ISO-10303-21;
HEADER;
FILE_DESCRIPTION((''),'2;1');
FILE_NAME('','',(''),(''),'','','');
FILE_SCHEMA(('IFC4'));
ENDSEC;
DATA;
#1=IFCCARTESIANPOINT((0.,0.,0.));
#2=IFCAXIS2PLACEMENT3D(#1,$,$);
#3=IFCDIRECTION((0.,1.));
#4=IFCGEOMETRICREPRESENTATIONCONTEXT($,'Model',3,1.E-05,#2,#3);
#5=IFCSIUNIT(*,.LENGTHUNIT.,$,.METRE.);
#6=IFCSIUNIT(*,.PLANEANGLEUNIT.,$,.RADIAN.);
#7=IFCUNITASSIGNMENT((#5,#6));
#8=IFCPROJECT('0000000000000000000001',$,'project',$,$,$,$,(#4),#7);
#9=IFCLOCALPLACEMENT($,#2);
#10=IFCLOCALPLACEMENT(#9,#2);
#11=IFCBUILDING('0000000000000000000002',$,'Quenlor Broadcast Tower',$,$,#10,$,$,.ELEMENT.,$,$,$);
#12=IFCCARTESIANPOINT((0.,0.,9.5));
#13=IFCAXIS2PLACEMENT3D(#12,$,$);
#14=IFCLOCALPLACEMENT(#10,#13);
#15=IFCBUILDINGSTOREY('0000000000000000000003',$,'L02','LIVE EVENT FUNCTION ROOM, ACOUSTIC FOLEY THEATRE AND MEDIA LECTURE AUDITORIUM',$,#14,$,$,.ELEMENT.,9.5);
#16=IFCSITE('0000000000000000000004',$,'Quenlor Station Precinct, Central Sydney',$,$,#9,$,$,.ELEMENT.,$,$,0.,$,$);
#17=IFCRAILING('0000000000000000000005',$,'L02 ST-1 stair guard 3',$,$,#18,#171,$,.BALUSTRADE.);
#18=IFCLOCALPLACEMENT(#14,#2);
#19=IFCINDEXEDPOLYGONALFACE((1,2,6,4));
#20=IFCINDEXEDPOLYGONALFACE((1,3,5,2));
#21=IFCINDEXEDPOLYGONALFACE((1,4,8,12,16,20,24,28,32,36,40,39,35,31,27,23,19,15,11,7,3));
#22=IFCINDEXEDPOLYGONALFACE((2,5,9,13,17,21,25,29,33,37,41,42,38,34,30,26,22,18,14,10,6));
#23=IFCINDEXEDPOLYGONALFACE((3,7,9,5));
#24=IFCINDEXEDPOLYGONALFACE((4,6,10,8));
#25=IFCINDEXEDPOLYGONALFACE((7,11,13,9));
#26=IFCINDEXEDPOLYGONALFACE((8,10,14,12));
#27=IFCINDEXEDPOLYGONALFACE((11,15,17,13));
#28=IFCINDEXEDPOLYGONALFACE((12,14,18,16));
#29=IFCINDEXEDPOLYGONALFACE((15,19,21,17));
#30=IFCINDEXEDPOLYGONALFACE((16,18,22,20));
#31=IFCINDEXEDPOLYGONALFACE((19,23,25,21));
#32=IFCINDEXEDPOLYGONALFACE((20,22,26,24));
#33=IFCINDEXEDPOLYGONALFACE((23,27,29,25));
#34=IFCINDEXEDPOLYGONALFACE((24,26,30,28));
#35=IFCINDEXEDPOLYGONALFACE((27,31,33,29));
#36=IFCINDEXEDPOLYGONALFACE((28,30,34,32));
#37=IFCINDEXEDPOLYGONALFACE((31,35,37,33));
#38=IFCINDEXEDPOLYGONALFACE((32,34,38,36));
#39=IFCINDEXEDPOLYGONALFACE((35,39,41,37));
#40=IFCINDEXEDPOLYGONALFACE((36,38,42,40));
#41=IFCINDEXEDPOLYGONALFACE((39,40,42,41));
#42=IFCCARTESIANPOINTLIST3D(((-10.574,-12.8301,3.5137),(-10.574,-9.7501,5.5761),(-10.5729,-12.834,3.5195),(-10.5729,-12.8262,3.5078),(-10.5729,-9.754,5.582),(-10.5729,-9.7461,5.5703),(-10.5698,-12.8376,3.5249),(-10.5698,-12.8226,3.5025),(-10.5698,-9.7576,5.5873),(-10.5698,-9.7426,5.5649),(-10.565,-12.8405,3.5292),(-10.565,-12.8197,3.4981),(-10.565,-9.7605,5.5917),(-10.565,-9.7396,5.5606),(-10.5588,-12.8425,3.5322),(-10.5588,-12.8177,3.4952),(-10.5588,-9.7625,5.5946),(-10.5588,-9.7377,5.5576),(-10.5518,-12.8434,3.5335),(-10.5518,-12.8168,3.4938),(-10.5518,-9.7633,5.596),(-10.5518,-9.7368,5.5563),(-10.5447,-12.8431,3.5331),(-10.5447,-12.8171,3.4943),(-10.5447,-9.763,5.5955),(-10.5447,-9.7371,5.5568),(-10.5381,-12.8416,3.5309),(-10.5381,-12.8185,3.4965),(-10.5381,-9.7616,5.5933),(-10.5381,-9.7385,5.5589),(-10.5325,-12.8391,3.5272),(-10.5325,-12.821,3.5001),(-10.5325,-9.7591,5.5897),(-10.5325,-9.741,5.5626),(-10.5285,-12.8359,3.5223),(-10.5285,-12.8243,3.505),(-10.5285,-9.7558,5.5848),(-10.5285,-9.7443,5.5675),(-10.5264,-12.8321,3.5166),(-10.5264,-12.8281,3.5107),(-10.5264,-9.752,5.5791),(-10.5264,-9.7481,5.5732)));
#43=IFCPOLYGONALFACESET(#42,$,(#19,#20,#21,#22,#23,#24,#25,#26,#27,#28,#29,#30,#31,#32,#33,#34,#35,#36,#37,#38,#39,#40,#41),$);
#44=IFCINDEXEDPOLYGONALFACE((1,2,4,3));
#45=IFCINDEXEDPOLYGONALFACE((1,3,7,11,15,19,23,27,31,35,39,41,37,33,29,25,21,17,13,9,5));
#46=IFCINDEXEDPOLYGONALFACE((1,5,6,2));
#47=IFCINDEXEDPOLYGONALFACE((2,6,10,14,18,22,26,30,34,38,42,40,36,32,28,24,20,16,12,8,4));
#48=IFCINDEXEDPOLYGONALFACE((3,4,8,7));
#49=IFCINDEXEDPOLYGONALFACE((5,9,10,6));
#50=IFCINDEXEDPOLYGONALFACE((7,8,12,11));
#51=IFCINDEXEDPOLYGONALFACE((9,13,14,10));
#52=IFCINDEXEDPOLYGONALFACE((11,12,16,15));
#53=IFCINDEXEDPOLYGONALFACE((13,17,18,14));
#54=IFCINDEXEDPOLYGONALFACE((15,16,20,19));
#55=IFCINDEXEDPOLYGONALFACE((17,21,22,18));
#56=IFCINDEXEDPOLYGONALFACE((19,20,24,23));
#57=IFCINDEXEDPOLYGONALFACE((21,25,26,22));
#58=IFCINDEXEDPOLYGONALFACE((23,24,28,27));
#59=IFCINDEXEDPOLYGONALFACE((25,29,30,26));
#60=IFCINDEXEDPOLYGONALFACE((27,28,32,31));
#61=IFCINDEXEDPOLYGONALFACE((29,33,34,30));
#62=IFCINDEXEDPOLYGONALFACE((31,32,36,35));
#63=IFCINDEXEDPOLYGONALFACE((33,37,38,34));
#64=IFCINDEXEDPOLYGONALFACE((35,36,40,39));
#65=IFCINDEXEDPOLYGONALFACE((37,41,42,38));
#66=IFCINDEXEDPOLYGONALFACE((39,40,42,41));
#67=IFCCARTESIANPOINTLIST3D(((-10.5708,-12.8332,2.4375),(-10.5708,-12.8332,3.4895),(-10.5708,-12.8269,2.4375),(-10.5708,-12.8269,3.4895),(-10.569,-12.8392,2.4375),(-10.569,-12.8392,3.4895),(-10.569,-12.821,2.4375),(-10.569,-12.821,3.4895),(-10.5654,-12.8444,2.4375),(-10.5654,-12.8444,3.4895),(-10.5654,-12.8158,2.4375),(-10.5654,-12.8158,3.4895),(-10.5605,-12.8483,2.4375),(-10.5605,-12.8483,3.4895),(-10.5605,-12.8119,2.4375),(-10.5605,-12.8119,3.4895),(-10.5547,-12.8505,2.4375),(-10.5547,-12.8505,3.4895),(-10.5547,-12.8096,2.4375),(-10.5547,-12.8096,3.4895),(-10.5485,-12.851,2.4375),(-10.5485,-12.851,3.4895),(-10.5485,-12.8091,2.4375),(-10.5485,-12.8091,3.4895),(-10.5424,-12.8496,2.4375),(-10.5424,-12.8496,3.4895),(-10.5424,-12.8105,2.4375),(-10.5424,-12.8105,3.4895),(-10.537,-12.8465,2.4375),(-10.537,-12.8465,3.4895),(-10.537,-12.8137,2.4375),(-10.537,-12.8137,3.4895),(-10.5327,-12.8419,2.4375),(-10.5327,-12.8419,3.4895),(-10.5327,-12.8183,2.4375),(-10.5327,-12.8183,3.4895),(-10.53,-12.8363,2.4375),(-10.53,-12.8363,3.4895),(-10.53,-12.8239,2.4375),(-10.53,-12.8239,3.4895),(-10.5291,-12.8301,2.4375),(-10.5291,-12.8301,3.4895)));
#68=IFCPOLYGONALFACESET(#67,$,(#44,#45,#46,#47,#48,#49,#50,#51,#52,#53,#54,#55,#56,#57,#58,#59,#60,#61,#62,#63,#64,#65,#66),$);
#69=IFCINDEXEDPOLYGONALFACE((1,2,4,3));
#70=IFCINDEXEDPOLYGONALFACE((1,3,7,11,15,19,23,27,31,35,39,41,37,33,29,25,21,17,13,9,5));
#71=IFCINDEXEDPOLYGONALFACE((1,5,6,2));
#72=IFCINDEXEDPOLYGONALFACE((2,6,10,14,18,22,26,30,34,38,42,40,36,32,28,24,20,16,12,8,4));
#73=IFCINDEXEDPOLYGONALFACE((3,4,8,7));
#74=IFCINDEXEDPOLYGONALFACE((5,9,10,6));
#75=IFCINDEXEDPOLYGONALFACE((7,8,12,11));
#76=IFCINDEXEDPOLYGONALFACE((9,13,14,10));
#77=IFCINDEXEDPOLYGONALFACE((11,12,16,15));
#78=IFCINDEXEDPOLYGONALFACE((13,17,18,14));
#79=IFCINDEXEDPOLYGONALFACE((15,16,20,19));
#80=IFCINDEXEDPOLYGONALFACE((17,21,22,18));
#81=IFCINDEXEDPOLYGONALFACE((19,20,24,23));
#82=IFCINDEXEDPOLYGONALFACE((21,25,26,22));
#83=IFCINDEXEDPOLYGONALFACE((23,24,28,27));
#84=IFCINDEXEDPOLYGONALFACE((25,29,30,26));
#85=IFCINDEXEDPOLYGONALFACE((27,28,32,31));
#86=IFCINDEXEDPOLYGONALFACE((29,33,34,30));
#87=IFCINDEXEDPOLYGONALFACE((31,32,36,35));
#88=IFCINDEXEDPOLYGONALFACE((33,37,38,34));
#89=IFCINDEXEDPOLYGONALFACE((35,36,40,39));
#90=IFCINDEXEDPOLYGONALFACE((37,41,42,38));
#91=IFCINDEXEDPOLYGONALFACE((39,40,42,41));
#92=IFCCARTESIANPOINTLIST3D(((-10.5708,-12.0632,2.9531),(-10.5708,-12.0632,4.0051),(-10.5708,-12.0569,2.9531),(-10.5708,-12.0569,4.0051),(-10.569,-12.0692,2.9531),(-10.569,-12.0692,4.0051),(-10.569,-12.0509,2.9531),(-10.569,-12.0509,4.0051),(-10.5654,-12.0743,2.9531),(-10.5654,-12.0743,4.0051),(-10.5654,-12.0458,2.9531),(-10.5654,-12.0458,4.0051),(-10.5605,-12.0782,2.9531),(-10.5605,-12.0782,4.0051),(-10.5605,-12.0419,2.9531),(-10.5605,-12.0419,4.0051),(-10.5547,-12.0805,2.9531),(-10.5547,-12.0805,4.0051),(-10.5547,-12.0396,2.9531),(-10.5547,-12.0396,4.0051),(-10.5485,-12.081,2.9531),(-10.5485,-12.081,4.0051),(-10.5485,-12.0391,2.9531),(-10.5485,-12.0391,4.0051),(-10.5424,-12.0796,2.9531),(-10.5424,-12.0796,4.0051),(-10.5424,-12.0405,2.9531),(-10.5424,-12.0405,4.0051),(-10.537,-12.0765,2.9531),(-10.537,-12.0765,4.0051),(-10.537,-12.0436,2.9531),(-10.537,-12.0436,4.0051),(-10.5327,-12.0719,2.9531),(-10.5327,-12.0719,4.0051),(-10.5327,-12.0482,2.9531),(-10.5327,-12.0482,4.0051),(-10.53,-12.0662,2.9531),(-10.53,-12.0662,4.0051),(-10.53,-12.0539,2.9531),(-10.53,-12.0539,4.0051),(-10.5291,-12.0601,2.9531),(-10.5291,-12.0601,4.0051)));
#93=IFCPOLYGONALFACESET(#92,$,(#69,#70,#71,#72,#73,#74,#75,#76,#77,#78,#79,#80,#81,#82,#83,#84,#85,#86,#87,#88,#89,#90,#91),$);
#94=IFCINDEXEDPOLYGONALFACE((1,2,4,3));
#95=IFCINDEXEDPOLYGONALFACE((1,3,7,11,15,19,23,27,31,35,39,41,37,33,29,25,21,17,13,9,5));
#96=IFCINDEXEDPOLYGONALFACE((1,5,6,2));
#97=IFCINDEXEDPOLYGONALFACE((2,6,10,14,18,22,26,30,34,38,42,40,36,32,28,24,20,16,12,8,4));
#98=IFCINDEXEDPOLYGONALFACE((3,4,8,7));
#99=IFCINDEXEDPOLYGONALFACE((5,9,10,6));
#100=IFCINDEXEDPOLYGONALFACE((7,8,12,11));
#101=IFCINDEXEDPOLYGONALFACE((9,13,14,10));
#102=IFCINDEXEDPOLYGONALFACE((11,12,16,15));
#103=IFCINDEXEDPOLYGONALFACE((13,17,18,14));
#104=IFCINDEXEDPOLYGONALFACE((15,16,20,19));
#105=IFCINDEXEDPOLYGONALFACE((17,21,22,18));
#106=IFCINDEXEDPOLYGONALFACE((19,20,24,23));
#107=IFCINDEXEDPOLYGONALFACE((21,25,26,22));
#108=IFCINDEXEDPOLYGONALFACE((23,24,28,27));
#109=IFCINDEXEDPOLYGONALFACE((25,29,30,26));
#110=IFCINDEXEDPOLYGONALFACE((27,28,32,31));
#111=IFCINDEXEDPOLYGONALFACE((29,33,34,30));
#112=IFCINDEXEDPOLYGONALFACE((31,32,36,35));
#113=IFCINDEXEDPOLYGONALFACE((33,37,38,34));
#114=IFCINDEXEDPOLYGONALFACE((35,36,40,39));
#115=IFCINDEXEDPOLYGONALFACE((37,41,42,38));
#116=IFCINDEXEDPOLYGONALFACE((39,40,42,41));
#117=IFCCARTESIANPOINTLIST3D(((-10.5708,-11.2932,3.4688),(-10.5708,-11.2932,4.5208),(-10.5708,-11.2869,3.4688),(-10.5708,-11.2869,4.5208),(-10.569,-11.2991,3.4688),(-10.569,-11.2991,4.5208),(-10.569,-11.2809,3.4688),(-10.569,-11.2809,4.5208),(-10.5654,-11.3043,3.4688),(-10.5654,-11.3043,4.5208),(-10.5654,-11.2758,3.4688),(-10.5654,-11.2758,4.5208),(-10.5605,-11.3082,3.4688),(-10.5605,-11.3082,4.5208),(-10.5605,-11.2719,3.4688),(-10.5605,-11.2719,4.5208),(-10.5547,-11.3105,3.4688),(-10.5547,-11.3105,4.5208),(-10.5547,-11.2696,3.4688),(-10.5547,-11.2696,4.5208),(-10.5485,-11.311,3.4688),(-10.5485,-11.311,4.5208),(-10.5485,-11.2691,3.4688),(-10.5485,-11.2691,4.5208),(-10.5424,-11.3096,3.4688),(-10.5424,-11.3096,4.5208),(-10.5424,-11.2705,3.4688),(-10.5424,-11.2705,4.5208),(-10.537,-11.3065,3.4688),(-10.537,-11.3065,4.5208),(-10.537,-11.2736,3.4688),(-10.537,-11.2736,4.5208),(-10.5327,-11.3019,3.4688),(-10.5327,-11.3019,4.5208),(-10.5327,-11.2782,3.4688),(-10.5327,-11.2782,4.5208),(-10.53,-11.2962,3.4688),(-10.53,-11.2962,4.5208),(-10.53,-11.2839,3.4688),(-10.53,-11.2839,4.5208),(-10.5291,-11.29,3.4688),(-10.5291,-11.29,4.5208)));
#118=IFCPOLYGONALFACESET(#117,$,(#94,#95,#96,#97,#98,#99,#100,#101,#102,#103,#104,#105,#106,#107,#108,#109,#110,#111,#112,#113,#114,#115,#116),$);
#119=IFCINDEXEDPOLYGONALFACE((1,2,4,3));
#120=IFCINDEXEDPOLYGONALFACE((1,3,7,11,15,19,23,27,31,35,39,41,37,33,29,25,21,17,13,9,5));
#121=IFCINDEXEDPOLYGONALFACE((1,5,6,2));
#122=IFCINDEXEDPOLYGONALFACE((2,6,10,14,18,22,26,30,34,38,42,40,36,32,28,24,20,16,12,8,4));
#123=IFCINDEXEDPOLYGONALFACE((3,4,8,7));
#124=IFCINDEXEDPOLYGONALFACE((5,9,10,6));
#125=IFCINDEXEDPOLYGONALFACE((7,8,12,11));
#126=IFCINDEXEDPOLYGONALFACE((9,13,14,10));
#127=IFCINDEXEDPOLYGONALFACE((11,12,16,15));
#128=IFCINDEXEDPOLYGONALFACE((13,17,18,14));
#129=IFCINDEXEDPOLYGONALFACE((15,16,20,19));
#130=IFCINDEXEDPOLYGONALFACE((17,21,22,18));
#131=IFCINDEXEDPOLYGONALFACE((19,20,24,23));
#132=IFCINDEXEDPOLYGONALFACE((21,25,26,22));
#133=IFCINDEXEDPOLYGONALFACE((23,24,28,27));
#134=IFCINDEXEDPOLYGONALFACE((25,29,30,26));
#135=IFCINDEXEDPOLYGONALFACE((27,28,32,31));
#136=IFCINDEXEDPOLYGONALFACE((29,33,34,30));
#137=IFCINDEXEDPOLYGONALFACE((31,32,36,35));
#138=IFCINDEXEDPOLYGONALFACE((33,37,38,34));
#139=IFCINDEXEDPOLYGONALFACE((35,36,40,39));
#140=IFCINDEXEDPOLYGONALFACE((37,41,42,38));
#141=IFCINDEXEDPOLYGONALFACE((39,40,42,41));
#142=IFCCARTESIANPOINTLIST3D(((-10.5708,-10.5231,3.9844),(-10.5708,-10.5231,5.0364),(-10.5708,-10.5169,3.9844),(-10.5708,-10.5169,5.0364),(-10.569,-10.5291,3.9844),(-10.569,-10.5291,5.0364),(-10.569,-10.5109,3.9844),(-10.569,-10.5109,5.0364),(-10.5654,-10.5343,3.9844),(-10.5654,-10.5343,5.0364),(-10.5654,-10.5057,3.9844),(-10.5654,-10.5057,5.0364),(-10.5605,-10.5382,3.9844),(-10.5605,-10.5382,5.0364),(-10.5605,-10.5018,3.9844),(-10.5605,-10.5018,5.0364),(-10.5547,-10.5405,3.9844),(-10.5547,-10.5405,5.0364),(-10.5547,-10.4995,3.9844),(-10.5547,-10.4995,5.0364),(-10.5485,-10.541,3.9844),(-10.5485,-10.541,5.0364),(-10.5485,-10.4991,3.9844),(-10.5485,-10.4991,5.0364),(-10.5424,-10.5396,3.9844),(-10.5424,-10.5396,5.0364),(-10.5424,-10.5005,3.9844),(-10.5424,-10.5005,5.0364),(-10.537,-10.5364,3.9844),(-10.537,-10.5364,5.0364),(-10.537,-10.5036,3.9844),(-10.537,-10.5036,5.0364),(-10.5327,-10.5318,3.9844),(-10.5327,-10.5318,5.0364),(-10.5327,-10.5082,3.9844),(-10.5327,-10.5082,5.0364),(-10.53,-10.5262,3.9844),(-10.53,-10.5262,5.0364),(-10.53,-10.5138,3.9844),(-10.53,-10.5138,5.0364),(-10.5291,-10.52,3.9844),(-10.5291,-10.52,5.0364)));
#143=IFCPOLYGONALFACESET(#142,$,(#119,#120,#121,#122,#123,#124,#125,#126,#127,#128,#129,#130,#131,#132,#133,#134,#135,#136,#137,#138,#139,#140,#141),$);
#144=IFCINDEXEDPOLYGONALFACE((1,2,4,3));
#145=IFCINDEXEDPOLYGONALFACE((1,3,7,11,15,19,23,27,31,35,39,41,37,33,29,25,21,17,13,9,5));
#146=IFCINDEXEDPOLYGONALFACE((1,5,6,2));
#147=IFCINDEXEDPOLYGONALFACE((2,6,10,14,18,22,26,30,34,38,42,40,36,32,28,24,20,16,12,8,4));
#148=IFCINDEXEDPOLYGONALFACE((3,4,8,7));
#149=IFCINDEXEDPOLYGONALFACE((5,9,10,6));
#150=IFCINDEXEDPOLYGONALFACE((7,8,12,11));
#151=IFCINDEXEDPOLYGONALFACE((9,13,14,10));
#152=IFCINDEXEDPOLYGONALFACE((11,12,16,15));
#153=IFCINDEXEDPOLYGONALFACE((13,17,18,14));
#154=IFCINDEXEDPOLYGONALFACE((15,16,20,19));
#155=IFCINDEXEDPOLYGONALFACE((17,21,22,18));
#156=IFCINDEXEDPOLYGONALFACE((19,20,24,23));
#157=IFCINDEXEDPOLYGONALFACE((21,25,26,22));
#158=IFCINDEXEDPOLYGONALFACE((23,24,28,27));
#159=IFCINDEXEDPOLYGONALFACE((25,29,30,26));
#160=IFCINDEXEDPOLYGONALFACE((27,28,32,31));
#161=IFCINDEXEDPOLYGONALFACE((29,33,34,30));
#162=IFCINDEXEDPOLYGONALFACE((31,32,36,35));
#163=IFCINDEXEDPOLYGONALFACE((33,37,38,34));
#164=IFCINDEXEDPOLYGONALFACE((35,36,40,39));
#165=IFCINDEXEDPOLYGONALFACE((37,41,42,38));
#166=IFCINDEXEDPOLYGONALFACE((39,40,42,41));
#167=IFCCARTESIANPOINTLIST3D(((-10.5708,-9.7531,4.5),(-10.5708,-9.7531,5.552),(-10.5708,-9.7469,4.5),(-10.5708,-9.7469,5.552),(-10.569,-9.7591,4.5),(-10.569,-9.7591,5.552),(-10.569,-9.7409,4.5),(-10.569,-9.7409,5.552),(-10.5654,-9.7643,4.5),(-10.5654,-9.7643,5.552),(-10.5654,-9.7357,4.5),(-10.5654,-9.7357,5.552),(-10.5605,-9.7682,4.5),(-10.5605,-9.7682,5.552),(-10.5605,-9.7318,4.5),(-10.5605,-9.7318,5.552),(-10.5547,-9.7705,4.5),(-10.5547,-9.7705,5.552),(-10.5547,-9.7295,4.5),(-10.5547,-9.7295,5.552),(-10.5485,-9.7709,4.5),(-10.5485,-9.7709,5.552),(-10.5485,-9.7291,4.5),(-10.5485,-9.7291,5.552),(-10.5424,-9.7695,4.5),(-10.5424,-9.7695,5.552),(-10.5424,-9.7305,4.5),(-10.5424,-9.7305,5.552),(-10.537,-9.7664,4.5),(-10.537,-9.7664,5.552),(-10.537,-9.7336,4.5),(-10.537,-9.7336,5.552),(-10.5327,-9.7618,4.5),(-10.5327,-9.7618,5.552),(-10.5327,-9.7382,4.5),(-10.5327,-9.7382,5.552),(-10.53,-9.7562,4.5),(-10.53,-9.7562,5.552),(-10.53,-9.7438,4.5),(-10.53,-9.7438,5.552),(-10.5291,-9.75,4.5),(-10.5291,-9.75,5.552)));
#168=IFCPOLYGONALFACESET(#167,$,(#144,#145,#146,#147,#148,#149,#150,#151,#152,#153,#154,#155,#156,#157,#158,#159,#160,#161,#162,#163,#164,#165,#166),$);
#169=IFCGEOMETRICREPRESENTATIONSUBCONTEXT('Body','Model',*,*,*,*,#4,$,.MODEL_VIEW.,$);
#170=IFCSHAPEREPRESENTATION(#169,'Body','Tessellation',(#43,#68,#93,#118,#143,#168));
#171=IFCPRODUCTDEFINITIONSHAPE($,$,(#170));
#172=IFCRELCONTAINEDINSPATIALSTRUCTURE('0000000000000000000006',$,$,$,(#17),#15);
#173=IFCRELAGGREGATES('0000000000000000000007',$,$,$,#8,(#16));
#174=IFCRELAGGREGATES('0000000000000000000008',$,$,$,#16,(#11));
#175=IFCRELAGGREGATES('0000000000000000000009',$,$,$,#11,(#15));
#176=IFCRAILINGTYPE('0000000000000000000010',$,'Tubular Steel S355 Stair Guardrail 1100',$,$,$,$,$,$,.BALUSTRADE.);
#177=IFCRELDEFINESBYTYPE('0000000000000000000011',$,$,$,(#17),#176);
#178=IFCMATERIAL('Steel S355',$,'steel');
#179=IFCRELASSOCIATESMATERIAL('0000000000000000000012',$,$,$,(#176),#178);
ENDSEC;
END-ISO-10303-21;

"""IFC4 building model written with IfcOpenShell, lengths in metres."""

from ifc_helpers import new_model, si_unit, direction, frame, origin, origin_2d, place, context, subcontext, project, spatial, circle, extrude, material, type_object, element, save


model = new_model("IFC4")

# Units and contexts
model_context = context("Model", 3, precision=1e-05, world=origin(), true_north=direction((0.0, 1.0)))
body_context = subcontext(model_context, "Body", "Model", "MODEL_VIEW")
ifc_project = project(units=[si_unit("LENGTHUNIT", "METRE"), si_unit("PLANEANGLEUNIT", "RADIAN")], contexts=[model_context])

# Site, building, storey
site_placement = place(None, origin())
site = spatial("IfcSite", under=ifc_project, at=site_placement, Name="Quenlor Station Precinct, Central Sydney", CompositionType="ELEMENT", RefElevation=0.0)
building_placement = place(site_placement, origin())
building = spatial("IfcBuilding", under=site, at=building_placement, Name="Quenlor Broadcast Tower", CompositionType="ELEMENT")
storey_placement = place(building_placement, frame((0.0, 0.0, 9.5)))
storey = spatial("IfcBuildingStorey", under=building, at=storey_placement, Name="L02", Description="LIVE EVENT FUNCTION ROOM, ACOUSTIC FOLEY THEATRE AND MEDIA LECTURE AUDITORIUM", CompositionType="ELEMENT", Elevation=9.5)

# Railing
ifc_material_1 = material(Name="Steel S355", Category="steel")
railing_type_1 = type_object("IfcRailingType", Name="Tubular Steel S355 Stair Guardrail 1100", PredefinedType="BALUSTRADE", material=ifc_material_1)
railing_1_placement = place(storey_placement, frame((-10.55, -12.8301, 2.4375)))
element("IfcRailing", 1, at=railing_1_placement, inside=storey, type_object=railing_type_1, Name="L02 ST-1 stair guard 3", PredefinedType="BALUSTRADE", context=body_context, shape_type="SweptSolid", body=[
    extrude(circle(Radius=0.0239, at=origin_2d()), frame((0.0, 0.0, 1.0762), z_axis=(0.0, 0.830914, 0.556401), x_axis=(-1.0, 0.0, 0.0)), (0.0, 0.0, 1.0), 3.7068),
    extrude(circle(Radius=0.021, at=origin_2d()), origin(), (0.0, 0.0, 1.0), 1.052),
    extrude(circle(Radius=0.021, at=origin_2d()), frame((0.0, 0.77, 0.5156)), (0.0, 0.0, 1.0), 1.052),
    extrude(circle(Radius=0.021, at=origin_2d()), frame((0.0, 1.54, 1.0312)), (0.0, 0.0, 1.0), 1.052),
    extrude(circle(Radius=0.021, at=origin_2d()), frame((0.0, 2.3101, 1.5469)), (0.0, 0.0, 1.0), 1.052),
    extrude(circle(Radius=0.021, at=origin_2d()), frame((0.0, 3.0801, 2.0625)), (0.0, 0.0, 1.0), 1.052),
])

save(model, "model.ifc")
